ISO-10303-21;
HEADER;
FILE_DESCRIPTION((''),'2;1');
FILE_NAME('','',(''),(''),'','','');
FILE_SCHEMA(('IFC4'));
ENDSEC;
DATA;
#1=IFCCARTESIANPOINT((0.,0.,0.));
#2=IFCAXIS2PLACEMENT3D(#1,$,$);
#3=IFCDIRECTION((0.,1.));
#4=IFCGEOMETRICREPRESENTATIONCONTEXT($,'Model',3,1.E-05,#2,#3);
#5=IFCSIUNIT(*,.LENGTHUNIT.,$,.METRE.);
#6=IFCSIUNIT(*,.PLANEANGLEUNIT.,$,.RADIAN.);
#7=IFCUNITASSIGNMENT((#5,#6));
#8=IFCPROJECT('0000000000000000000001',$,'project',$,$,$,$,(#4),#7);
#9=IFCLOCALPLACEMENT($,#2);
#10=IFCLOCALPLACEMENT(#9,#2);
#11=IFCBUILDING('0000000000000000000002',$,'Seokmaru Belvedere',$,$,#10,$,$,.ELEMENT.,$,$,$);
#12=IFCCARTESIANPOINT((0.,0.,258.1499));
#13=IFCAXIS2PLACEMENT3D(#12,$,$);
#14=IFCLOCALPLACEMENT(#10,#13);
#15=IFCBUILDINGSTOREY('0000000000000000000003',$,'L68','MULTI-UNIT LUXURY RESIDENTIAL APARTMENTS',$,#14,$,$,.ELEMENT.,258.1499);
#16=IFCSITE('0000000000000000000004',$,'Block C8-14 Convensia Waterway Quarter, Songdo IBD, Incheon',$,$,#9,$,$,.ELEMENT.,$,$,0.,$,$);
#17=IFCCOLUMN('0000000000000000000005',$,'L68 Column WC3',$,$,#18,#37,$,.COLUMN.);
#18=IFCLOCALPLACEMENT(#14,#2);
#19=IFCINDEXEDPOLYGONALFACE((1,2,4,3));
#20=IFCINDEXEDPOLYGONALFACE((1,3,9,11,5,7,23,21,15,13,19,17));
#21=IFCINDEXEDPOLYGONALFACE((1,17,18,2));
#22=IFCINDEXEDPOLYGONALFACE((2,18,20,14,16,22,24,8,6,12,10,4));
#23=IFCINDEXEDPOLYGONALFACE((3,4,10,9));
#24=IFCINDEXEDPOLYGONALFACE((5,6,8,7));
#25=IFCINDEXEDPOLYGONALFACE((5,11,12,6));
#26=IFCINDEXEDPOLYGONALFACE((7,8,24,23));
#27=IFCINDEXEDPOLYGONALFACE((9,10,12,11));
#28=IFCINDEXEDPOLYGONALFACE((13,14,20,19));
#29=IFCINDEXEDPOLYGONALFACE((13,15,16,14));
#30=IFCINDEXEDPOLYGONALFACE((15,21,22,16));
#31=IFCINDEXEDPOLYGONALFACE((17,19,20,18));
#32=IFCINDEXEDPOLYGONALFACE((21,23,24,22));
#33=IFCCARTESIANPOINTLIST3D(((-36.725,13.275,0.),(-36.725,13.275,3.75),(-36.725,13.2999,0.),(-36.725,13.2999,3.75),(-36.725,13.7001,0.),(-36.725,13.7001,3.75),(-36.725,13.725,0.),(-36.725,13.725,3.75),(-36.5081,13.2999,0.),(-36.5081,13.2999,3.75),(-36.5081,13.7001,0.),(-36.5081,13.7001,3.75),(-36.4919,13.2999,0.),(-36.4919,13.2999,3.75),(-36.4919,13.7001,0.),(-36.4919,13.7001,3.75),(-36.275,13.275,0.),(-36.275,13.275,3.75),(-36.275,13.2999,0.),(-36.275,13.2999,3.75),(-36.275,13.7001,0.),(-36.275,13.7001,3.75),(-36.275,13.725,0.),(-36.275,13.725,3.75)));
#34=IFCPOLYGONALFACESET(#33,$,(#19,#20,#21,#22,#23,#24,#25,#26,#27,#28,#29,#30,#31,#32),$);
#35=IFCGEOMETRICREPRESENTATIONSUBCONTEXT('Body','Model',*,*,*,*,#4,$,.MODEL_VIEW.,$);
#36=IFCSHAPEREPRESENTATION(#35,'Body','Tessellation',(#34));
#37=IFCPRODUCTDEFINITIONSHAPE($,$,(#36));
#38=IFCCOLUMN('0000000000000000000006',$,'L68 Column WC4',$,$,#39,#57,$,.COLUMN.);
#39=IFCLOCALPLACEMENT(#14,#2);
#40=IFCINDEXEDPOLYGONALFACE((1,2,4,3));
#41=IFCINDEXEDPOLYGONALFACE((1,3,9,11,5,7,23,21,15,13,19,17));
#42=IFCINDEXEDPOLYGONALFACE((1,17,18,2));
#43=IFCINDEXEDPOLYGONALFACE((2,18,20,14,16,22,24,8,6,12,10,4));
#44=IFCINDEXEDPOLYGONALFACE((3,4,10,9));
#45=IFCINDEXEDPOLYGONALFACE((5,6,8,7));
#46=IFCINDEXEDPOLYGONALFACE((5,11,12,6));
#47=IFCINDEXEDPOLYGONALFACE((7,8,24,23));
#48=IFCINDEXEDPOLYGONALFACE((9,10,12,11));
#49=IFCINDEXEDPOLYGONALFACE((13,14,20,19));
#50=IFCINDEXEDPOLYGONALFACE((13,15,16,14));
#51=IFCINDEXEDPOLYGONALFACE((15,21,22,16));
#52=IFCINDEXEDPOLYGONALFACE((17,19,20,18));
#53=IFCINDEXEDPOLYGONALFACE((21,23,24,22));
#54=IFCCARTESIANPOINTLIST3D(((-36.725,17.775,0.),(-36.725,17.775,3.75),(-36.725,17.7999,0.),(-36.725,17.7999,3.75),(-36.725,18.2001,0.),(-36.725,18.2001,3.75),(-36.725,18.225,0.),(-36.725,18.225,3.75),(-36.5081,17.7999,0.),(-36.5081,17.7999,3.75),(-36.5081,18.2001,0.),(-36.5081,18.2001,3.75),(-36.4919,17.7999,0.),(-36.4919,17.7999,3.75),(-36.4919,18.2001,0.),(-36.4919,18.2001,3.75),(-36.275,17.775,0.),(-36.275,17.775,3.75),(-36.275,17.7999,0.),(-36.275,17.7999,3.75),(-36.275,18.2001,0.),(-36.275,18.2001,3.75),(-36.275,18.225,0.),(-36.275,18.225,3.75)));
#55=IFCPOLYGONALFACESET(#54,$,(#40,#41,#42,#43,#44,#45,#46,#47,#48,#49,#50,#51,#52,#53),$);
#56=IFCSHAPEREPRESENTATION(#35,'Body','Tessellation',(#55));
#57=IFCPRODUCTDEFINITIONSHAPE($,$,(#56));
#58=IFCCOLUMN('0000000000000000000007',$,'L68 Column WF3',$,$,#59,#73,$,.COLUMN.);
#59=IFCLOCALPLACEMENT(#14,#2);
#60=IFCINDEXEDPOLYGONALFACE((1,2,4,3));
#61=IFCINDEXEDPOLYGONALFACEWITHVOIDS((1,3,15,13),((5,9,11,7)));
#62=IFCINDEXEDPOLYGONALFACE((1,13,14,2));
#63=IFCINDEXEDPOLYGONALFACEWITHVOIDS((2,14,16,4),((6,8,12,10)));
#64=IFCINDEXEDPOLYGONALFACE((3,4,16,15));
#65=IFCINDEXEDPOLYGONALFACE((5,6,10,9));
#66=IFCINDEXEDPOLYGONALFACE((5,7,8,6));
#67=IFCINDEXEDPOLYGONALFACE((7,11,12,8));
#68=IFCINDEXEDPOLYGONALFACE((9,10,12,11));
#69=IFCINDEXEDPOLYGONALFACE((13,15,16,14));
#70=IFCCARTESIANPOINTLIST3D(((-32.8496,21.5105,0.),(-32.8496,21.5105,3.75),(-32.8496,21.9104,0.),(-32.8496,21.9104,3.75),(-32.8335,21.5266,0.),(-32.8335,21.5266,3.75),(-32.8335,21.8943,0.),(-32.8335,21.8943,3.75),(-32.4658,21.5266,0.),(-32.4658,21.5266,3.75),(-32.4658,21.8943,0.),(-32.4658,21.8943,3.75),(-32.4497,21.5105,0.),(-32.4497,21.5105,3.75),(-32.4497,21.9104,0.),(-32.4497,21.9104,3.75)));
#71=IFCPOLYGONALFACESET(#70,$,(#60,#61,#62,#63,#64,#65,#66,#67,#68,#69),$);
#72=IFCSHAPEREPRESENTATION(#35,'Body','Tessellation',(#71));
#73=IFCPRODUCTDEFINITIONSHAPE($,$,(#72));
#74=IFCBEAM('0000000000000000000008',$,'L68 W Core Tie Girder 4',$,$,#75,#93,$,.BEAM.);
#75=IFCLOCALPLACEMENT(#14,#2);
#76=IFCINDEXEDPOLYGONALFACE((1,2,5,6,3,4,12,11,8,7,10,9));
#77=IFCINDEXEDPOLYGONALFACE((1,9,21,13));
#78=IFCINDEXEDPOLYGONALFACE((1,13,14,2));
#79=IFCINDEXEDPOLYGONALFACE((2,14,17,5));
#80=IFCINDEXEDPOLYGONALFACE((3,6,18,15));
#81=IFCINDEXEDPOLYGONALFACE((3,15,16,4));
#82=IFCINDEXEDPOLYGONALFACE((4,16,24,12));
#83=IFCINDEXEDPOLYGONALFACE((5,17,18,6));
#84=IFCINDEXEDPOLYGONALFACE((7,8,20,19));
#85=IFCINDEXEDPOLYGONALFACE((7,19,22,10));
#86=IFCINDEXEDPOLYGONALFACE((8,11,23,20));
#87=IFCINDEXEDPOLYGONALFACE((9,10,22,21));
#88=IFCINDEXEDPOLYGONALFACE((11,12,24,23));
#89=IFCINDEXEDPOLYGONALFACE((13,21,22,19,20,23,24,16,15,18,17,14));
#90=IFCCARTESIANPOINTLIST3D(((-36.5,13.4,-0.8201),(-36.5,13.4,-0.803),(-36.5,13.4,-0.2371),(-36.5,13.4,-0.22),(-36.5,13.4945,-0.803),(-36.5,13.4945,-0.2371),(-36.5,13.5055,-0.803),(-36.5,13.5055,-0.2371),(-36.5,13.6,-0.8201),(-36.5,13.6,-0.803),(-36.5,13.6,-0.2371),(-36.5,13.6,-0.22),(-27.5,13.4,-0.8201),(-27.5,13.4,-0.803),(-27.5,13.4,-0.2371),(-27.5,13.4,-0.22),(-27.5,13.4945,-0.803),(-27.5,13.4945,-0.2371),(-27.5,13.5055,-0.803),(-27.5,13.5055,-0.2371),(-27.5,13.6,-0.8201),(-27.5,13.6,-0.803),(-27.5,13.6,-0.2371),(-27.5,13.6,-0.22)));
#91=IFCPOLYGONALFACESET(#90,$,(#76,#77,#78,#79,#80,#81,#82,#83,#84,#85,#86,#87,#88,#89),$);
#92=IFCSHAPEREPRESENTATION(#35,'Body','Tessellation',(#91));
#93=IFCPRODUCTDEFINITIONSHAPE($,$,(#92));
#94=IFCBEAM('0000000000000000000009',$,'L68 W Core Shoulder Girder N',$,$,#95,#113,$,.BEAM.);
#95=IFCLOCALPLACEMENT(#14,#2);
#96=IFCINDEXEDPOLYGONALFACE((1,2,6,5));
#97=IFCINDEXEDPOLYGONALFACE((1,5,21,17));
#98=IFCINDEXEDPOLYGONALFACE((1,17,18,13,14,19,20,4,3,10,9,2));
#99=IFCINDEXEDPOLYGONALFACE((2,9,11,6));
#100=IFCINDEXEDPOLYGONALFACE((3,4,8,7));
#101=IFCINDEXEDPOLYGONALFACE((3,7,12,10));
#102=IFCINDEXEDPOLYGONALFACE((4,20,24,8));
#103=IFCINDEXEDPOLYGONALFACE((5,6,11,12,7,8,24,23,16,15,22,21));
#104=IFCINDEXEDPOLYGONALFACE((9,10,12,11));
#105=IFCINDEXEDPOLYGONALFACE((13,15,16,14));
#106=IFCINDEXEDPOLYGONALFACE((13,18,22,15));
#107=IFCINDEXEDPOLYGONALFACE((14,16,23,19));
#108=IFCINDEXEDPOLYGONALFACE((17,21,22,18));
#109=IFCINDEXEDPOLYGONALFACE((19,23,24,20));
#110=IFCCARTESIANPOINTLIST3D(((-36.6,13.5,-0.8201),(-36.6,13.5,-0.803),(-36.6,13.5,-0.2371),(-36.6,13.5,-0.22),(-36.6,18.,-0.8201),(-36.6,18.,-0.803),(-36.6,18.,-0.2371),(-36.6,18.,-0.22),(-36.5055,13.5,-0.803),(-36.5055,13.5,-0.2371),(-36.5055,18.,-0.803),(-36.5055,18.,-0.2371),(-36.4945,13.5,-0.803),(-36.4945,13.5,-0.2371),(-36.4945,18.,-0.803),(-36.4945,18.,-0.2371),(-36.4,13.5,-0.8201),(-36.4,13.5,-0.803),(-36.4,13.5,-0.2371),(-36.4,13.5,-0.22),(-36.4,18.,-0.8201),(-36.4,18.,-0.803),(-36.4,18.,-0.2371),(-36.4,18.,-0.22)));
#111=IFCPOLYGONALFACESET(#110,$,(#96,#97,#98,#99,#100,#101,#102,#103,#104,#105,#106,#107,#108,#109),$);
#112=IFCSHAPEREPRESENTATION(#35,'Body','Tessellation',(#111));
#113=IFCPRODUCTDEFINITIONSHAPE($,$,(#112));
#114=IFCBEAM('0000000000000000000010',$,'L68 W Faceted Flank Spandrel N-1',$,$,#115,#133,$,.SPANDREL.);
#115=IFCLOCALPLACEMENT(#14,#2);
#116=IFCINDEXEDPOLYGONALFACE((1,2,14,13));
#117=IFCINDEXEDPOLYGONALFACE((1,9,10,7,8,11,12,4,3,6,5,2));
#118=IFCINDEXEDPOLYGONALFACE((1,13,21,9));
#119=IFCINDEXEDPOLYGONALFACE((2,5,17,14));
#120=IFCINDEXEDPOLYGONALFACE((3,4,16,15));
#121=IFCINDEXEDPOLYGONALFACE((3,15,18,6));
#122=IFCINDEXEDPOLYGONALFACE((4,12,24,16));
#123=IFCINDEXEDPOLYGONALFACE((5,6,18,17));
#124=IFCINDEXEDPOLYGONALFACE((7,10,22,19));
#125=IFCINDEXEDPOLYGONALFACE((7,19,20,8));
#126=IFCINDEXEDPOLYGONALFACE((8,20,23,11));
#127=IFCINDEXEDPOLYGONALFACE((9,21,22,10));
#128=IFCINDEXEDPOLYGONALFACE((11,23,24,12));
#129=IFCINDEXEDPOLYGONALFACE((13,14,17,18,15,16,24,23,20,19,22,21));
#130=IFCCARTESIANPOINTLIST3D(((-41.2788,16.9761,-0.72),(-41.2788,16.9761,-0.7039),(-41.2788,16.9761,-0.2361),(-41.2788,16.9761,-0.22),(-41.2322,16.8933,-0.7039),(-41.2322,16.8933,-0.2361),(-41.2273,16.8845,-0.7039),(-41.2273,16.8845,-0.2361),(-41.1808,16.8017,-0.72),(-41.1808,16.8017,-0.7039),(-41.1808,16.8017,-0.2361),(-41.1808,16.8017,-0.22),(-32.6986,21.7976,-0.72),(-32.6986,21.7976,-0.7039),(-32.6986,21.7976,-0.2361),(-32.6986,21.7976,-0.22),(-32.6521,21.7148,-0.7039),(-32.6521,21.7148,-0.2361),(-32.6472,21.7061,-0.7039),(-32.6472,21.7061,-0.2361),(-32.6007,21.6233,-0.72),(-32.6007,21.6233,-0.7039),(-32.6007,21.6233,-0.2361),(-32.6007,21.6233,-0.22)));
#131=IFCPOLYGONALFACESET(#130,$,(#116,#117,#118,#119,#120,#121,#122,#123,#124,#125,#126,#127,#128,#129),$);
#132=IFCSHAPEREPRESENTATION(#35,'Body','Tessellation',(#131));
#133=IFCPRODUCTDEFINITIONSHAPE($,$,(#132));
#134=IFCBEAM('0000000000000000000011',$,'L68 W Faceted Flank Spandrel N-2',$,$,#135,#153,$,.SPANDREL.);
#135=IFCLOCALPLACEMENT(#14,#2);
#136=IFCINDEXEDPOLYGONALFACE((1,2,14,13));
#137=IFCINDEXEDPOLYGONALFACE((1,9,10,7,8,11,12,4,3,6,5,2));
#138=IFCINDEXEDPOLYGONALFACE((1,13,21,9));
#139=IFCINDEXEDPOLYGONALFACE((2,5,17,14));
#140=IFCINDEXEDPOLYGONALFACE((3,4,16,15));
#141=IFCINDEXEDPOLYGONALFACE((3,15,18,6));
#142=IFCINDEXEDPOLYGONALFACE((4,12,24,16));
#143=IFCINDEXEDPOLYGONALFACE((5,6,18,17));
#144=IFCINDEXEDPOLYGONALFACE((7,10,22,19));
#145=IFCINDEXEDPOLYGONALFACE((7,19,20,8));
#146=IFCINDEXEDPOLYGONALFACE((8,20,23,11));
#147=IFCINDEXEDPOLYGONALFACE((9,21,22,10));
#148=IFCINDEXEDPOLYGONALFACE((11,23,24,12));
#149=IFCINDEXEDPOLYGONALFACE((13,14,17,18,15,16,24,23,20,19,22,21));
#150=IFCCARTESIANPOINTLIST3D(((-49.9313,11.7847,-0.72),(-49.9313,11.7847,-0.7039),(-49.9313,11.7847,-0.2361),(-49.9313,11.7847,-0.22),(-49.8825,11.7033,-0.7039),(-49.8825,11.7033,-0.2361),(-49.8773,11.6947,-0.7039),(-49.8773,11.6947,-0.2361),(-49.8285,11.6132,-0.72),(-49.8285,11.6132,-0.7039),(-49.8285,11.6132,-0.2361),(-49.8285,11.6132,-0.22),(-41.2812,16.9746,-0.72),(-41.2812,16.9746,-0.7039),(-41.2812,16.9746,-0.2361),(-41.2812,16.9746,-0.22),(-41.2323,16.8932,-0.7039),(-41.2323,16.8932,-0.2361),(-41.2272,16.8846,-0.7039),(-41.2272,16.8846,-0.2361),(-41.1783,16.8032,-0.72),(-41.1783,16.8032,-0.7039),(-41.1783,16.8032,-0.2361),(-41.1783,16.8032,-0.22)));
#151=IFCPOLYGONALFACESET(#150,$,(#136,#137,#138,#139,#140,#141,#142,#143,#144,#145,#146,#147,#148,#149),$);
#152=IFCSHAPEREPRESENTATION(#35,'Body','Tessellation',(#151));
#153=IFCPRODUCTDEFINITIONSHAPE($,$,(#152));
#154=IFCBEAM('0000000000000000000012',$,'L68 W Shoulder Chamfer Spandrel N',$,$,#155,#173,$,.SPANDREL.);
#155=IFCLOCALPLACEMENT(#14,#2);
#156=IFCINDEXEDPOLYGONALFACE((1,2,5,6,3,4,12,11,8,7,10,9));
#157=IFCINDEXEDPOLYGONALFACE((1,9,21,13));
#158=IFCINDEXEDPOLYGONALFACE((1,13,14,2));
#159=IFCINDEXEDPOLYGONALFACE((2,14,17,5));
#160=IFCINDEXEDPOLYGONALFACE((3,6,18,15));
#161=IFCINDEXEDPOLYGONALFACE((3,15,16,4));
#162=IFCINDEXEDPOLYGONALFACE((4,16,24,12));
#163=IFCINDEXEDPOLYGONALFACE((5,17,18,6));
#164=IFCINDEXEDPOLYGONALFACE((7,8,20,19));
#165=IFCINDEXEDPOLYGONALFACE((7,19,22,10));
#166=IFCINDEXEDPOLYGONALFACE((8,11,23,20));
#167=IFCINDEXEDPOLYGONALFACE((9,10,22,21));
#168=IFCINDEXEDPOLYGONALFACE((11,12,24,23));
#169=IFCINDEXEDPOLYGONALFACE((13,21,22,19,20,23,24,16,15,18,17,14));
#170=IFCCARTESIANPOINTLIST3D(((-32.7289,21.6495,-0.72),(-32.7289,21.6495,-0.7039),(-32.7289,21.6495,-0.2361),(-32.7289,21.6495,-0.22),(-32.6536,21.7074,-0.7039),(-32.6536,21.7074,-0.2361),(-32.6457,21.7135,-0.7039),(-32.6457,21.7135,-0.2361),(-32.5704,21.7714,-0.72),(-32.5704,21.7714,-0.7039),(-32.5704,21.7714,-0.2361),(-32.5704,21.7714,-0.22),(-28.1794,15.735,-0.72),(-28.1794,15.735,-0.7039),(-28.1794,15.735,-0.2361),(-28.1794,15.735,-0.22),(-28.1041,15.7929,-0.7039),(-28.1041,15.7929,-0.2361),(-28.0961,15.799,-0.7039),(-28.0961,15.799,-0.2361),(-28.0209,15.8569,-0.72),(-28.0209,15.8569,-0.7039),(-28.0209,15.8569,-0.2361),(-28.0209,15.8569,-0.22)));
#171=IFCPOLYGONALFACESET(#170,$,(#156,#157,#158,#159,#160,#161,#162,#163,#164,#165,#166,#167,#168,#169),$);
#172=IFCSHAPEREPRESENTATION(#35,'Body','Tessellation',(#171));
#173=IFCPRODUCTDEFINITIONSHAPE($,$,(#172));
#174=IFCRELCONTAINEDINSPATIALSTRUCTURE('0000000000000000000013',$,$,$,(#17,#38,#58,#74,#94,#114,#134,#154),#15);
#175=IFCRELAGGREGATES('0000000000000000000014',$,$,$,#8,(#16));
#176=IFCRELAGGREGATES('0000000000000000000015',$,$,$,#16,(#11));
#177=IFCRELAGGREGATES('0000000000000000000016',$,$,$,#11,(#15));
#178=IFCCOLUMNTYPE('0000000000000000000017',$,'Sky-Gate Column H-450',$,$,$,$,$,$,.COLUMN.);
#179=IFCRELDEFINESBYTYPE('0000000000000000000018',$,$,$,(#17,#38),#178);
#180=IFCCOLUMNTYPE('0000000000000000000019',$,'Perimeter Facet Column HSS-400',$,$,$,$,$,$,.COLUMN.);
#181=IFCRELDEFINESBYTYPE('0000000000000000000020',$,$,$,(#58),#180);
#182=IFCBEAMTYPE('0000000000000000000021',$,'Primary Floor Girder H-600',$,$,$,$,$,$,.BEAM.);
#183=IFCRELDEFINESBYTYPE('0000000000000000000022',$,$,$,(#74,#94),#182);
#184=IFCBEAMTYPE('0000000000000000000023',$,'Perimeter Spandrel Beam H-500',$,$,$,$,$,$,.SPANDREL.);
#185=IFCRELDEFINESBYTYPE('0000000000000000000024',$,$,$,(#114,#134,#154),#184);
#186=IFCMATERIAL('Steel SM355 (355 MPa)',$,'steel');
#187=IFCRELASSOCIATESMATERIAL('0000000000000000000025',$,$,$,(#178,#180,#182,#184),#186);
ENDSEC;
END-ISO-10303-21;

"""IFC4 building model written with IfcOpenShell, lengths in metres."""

from ifc_helpers import new_model, si_unit, direction, frame, origin, origin_2d, place, context, subcontext, project, spatial, hollow_rectangle, i_section, extrude, source, transform, mapped, material, material_profile, profile_set, type_object, type_shapes, element, save


model = new_model("IFC4")

# Units and contexts
model_context = context("Model", 3, precision=1e-05, world=origin(), true_north=direction((0.0, 1.0)))
body_context = subcontext(model_context, "Body", "Model", "MODEL_VIEW")
ifc_project = project(units=[si_unit("LENGTHUNIT", "METRE"), si_unit("PLANEANGLEUNIT", "RADIAN")], contexts=[model_context])

# Site, building, storey
site_placement = place(None, origin())
site = spatial("IfcSite", under=ifc_project, at=site_placement, Name="Block C8-14 Convensia Waterway Quarter, Songdo IBD, Incheon", CompositionType="ELEMENT", RefElevation=0.0)
building_placement = place(site_placement, origin())
building = spatial("IfcBuilding", under=site, at=building_placement, Name="Seokmaru Belvedere", CompositionType="ELEMENT")
storey_placement = place(building_placement, frame((0.0, 0.0, 258.1499)))
storey = spatial("IfcBuildingStorey", under=building, at=storey_placement, Name="L68", Description="MULTI-UNIT LUXURY RESIDENTIAL APARTMENTS", CompositionType="ELEMENT", Elevation=258.1499)

# Columns
ifc_material_1 = material(Name="Steel SM355 (355 MPa)", Category="steel")
ifc_material_profile_1 = material_profile(ifc_material_1, i_section(OverallWidth=0.45, OverallDepth=0.45, WebThickness=0.0161, FlangeThickness=0.0249, at=origin_2d()), Name="H-450x450x16x25")
ifc_profile_set_1 = profile_set([ifc_material_profile_1], Name="Steel SM355 (355 MPa)")
column_type_1 = type_object("IfcColumnType", Name="Sky-Gate Column H-450", PredefinedType="COLUMN", material=ifc_profile_set_1)
shared_shape_1 = source(origin(), body_context, "Body", "SweptSolid", [
    extrude(i_section(OverallWidth=0.45, OverallDepth=0.45, WebThickness=0.0161, FlangeThickness=0.0249, at=origin_2d()), origin(), (0.0, 0.0, 1.0), 3.75),
])
type_shapes(column_type_1, [shared_shape_1])
for number, where, z_axis, x_axis, name in (
    (1, (-36.5, 13.5, 0.0), (0.0, 0.0, 1.0), (1.0, 0.0, 0.0), "L68 Column WC3"),
    (2, (-36.5, 18.0, 0.0), (0.0, 0.0, 1.0), (1.0, 0.0, 0.0), "L68 Column WC4"),
):
    element("IfcColumn", number, at=place(storey_placement, frame(where, z_axis=z_axis, x_axis=x_axis)), inside=storey, type_object=column_type_1, Name=name, PredefinedType="COLUMN", context=body_context, shape_type="MappedRepresentation", body=[
        mapped(shared_shape_1, transform((0.0, 0.0, 0.0), scale=1.0)),
    ])
ifc_material_profile_2 = material_profile(ifc_material_1, hollow_rectangle(XDim=0.3999, YDim=0.3999, WallThickness=0.0161, at=origin_2d()), Name="HSS-400x400x16")
ifc_profile_set_2 = profile_set([ifc_material_profile_2], Name="Steel SM355 (355 MPa)")
column_type_2 = type_object("IfcColumnType", Name="Perimeter Facet Column HSS-400", PredefinedType="COLUMN", material=ifc_profile_set_2)
shared_shape_2 = source(origin(), body_context, "Body", "SweptSolid", [
    extrude(hollow_rectangle(XDim=0.3999, YDim=0.3999, WallThickness=0.0161, at=origin_2d()), origin(), (0.0, 0.0, 1.0), 3.75),
])
type_shapes(column_type_2, [shared_shape_2])
column_placement = place(storey_placement, frame((-32.6497, 21.7104, 0.0), z_axis=(0.0, 0.0, 1.0), x_axis=(1.0, 0.0, 0.0)))
element("IfcColumn", 3, at=column_placement, inside=storey, type_object=column_type_2, Name="L68 Column WF3", PredefinedType="COLUMN", context=body_context, shape_type="MappedRepresentation", body=[
    mapped(shared_shape_2, transform((0.0, 0.0, 0.0), scale=1.0)),
])

# Beams
ifc_material_profile_3 = material_profile(ifc_material_1, i_section(OverallWidth=0.2, OverallDepth=0.6001, WebThickness=0.011, FlangeThickness=0.0171, at=origin_2d()), Name="H-600x200x11x17")
ifc_profile_set_3 = profile_set([ifc_material_profile_3], Name="Steel SM355 (355 MPa)")
beam_type_1 = type_object("IfcBeamType", Name="Primary Floor Girder H-600", PredefinedType="BEAM", material=ifc_profile_set_3)
shared_shape_3 = source(origin(), body_context, "Body", "SweptSolid", [
    extrude(i_section(OverallWidth=0.2, OverallDepth=0.6001, WebThickness=0.011, FlangeThickness=0.0171, at=origin_2d()), origin(), (0.0, 0.0, 1.0), 9.0),
])
beam_1_placement = place(storey_placement, frame((-36.5, 13.5, -0.52), z_axis=(1.0, 0.0, 0.0), x_axis=(0.0, 1.0, 0.0)))
element("IfcBeam", 4, at=beam_1_placement, inside=storey, type_object=beam_type_1, Name="L68 W Core Tie Girder 4", PredefinedType="BEAM", context=body_context, shape_type="MappedRepresentation", body=[
    mapped(shared_shape_3, transform((0.0, 0.0, 0.0), scale=1.0)),
])
shared_shape_4 = source(origin(), body_context, "Body", "SweptSolid", [
    extrude(i_section(OverallWidth=0.2, OverallDepth=0.6001, WebThickness=0.011, FlangeThickness=0.0171, at=origin_2d()), origin(), (0.0, 0.0, 1.0), 4.5),
])
beam_2_placement = place(storey_placement, frame((-36.5, 13.5, -0.52), z_axis=(0.0, 1.0, 0.0), x_axis=(-1.0, 0.0, 0.0)))
element("IfcBeam", 5, at=beam_2_placement, inside=storey, type_object=beam_type_1, Name="L68 W Core Shoulder Girder N", PredefinedType="BEAM", context=body_context, shape_type="MappedRepresentation", body=[
    mapped(shared_shape_4, transform((0.0, 0.0, 0.0), scale=1.0)),
])
ifc_material_profile_4 = material_profile(ifc_material_1, i_section(OverallWidth=0.2, OverallDepth=0.5, WebThickness=0.01, FlangeThickness=0.0161, at=origin_2d()), Name="H-500x200x10x16")
ifc_profile_set_4 = profile_set([ifc_material_profile_4], Name="Steel SM355 (355 MPa)")
beam_type_2 = type_object("IfcBeamType", Name="Perimeter Spandrel Beam H-500", PredefinedType="SPANDREL", material=ifc_profile_set_4)
shared_shape_5 = source(origin(), body_context, "Body", "SweptSolid", [
    extrude(i_section(OverallWidth=0.2, OverallDepth=0.5, WebThickness=0.01, FlangeThickness=0.0161, at=origin_2d()), origin(), (0.0, 0.0, 1.0), 9.842),
])
beam_3_placement = place(storey_placement, frame((-32.6497, 21.7104, -0.47), z_axis=(-0.871782, -0.489894, 0.0), x_axis=(0.489894, -0.871782, 0.0)))
element("IfcBeam", 6, at=beam_3_placement, inside=storey, type_object=beam_type_2, Name="L68 W Faceted Flank Spandrel N-1", PredefinedType="SPANDREL", context=body_context, shape_type="MappedRepresentation", body=[
    mapped(shared_shape_5, transform((0.0, 0.0, 0.0), scale=1.0)),
])
shared_shape_6 = source(origin(), body_context, "Body", "SweptSolid", [
    extrude(i_section(OverallWidth=0.2, OverallDepth=0.5, WebThickness=0.01, FlangeThickness=0.0161, at=origin_2d()), origin(), (0.0, 0.0, 1.0), 10.0876),
])
beam_4_placement = place(storey_placement, frame((-41.2297, 16.8889, -0.47), z_axis=(-0.857499, -0.514485, 0.0), x_axis=(0.514485, -0.857499, 0.0)))
element("IfcBeam", 7, at=beam_4_placement, inside=storey, type_object=beam_type_2, Name="L68 W Faceted Flank Spandrel N-2", PredefinedType="SPANDREL", context=body_context, shape_type="MappedRepresentation", body=[
    mapped(shared_shape_6, transform((0.0, 0.0, 0.0), scale=1.0)),
])
shared_shape_7 = source(origin(), body_context, "Body", "SweptSolid", [
    extrude(i_section(OverallWidth=0.2, OverallDepth=0.5, WebThickness=0.01, FlangeThickness=0.0161, at=origin_2d()), origin(), (0.0, 0.0, 1.0), 7.4619),
])
type_shapes(beam_type_2, [shared_shape_5, shared_shape_6, shared_shape_7])
beam_5_placement = place(storey_placement, frame((-32.6497, 21.7104, -0.47), z_axis=(0.609703, -0.79263, 0.0), x_axis=(0.79263, 0.609703, 0.0)))
element("IfcBeam", 8, at=beam_5_placement, inside=storey, type_object=beam_type_2, Name="L68 W Shoulder Chamfer Spandrel N", PredefinedType="SPANDREL", context=body_context, shape_type="MappedRepresentation", body=[
    mapped(shared_shape_7, transform((0.0, 0.0, 0.0), scale=1.0)),
])

save(model, "model.ifc")
